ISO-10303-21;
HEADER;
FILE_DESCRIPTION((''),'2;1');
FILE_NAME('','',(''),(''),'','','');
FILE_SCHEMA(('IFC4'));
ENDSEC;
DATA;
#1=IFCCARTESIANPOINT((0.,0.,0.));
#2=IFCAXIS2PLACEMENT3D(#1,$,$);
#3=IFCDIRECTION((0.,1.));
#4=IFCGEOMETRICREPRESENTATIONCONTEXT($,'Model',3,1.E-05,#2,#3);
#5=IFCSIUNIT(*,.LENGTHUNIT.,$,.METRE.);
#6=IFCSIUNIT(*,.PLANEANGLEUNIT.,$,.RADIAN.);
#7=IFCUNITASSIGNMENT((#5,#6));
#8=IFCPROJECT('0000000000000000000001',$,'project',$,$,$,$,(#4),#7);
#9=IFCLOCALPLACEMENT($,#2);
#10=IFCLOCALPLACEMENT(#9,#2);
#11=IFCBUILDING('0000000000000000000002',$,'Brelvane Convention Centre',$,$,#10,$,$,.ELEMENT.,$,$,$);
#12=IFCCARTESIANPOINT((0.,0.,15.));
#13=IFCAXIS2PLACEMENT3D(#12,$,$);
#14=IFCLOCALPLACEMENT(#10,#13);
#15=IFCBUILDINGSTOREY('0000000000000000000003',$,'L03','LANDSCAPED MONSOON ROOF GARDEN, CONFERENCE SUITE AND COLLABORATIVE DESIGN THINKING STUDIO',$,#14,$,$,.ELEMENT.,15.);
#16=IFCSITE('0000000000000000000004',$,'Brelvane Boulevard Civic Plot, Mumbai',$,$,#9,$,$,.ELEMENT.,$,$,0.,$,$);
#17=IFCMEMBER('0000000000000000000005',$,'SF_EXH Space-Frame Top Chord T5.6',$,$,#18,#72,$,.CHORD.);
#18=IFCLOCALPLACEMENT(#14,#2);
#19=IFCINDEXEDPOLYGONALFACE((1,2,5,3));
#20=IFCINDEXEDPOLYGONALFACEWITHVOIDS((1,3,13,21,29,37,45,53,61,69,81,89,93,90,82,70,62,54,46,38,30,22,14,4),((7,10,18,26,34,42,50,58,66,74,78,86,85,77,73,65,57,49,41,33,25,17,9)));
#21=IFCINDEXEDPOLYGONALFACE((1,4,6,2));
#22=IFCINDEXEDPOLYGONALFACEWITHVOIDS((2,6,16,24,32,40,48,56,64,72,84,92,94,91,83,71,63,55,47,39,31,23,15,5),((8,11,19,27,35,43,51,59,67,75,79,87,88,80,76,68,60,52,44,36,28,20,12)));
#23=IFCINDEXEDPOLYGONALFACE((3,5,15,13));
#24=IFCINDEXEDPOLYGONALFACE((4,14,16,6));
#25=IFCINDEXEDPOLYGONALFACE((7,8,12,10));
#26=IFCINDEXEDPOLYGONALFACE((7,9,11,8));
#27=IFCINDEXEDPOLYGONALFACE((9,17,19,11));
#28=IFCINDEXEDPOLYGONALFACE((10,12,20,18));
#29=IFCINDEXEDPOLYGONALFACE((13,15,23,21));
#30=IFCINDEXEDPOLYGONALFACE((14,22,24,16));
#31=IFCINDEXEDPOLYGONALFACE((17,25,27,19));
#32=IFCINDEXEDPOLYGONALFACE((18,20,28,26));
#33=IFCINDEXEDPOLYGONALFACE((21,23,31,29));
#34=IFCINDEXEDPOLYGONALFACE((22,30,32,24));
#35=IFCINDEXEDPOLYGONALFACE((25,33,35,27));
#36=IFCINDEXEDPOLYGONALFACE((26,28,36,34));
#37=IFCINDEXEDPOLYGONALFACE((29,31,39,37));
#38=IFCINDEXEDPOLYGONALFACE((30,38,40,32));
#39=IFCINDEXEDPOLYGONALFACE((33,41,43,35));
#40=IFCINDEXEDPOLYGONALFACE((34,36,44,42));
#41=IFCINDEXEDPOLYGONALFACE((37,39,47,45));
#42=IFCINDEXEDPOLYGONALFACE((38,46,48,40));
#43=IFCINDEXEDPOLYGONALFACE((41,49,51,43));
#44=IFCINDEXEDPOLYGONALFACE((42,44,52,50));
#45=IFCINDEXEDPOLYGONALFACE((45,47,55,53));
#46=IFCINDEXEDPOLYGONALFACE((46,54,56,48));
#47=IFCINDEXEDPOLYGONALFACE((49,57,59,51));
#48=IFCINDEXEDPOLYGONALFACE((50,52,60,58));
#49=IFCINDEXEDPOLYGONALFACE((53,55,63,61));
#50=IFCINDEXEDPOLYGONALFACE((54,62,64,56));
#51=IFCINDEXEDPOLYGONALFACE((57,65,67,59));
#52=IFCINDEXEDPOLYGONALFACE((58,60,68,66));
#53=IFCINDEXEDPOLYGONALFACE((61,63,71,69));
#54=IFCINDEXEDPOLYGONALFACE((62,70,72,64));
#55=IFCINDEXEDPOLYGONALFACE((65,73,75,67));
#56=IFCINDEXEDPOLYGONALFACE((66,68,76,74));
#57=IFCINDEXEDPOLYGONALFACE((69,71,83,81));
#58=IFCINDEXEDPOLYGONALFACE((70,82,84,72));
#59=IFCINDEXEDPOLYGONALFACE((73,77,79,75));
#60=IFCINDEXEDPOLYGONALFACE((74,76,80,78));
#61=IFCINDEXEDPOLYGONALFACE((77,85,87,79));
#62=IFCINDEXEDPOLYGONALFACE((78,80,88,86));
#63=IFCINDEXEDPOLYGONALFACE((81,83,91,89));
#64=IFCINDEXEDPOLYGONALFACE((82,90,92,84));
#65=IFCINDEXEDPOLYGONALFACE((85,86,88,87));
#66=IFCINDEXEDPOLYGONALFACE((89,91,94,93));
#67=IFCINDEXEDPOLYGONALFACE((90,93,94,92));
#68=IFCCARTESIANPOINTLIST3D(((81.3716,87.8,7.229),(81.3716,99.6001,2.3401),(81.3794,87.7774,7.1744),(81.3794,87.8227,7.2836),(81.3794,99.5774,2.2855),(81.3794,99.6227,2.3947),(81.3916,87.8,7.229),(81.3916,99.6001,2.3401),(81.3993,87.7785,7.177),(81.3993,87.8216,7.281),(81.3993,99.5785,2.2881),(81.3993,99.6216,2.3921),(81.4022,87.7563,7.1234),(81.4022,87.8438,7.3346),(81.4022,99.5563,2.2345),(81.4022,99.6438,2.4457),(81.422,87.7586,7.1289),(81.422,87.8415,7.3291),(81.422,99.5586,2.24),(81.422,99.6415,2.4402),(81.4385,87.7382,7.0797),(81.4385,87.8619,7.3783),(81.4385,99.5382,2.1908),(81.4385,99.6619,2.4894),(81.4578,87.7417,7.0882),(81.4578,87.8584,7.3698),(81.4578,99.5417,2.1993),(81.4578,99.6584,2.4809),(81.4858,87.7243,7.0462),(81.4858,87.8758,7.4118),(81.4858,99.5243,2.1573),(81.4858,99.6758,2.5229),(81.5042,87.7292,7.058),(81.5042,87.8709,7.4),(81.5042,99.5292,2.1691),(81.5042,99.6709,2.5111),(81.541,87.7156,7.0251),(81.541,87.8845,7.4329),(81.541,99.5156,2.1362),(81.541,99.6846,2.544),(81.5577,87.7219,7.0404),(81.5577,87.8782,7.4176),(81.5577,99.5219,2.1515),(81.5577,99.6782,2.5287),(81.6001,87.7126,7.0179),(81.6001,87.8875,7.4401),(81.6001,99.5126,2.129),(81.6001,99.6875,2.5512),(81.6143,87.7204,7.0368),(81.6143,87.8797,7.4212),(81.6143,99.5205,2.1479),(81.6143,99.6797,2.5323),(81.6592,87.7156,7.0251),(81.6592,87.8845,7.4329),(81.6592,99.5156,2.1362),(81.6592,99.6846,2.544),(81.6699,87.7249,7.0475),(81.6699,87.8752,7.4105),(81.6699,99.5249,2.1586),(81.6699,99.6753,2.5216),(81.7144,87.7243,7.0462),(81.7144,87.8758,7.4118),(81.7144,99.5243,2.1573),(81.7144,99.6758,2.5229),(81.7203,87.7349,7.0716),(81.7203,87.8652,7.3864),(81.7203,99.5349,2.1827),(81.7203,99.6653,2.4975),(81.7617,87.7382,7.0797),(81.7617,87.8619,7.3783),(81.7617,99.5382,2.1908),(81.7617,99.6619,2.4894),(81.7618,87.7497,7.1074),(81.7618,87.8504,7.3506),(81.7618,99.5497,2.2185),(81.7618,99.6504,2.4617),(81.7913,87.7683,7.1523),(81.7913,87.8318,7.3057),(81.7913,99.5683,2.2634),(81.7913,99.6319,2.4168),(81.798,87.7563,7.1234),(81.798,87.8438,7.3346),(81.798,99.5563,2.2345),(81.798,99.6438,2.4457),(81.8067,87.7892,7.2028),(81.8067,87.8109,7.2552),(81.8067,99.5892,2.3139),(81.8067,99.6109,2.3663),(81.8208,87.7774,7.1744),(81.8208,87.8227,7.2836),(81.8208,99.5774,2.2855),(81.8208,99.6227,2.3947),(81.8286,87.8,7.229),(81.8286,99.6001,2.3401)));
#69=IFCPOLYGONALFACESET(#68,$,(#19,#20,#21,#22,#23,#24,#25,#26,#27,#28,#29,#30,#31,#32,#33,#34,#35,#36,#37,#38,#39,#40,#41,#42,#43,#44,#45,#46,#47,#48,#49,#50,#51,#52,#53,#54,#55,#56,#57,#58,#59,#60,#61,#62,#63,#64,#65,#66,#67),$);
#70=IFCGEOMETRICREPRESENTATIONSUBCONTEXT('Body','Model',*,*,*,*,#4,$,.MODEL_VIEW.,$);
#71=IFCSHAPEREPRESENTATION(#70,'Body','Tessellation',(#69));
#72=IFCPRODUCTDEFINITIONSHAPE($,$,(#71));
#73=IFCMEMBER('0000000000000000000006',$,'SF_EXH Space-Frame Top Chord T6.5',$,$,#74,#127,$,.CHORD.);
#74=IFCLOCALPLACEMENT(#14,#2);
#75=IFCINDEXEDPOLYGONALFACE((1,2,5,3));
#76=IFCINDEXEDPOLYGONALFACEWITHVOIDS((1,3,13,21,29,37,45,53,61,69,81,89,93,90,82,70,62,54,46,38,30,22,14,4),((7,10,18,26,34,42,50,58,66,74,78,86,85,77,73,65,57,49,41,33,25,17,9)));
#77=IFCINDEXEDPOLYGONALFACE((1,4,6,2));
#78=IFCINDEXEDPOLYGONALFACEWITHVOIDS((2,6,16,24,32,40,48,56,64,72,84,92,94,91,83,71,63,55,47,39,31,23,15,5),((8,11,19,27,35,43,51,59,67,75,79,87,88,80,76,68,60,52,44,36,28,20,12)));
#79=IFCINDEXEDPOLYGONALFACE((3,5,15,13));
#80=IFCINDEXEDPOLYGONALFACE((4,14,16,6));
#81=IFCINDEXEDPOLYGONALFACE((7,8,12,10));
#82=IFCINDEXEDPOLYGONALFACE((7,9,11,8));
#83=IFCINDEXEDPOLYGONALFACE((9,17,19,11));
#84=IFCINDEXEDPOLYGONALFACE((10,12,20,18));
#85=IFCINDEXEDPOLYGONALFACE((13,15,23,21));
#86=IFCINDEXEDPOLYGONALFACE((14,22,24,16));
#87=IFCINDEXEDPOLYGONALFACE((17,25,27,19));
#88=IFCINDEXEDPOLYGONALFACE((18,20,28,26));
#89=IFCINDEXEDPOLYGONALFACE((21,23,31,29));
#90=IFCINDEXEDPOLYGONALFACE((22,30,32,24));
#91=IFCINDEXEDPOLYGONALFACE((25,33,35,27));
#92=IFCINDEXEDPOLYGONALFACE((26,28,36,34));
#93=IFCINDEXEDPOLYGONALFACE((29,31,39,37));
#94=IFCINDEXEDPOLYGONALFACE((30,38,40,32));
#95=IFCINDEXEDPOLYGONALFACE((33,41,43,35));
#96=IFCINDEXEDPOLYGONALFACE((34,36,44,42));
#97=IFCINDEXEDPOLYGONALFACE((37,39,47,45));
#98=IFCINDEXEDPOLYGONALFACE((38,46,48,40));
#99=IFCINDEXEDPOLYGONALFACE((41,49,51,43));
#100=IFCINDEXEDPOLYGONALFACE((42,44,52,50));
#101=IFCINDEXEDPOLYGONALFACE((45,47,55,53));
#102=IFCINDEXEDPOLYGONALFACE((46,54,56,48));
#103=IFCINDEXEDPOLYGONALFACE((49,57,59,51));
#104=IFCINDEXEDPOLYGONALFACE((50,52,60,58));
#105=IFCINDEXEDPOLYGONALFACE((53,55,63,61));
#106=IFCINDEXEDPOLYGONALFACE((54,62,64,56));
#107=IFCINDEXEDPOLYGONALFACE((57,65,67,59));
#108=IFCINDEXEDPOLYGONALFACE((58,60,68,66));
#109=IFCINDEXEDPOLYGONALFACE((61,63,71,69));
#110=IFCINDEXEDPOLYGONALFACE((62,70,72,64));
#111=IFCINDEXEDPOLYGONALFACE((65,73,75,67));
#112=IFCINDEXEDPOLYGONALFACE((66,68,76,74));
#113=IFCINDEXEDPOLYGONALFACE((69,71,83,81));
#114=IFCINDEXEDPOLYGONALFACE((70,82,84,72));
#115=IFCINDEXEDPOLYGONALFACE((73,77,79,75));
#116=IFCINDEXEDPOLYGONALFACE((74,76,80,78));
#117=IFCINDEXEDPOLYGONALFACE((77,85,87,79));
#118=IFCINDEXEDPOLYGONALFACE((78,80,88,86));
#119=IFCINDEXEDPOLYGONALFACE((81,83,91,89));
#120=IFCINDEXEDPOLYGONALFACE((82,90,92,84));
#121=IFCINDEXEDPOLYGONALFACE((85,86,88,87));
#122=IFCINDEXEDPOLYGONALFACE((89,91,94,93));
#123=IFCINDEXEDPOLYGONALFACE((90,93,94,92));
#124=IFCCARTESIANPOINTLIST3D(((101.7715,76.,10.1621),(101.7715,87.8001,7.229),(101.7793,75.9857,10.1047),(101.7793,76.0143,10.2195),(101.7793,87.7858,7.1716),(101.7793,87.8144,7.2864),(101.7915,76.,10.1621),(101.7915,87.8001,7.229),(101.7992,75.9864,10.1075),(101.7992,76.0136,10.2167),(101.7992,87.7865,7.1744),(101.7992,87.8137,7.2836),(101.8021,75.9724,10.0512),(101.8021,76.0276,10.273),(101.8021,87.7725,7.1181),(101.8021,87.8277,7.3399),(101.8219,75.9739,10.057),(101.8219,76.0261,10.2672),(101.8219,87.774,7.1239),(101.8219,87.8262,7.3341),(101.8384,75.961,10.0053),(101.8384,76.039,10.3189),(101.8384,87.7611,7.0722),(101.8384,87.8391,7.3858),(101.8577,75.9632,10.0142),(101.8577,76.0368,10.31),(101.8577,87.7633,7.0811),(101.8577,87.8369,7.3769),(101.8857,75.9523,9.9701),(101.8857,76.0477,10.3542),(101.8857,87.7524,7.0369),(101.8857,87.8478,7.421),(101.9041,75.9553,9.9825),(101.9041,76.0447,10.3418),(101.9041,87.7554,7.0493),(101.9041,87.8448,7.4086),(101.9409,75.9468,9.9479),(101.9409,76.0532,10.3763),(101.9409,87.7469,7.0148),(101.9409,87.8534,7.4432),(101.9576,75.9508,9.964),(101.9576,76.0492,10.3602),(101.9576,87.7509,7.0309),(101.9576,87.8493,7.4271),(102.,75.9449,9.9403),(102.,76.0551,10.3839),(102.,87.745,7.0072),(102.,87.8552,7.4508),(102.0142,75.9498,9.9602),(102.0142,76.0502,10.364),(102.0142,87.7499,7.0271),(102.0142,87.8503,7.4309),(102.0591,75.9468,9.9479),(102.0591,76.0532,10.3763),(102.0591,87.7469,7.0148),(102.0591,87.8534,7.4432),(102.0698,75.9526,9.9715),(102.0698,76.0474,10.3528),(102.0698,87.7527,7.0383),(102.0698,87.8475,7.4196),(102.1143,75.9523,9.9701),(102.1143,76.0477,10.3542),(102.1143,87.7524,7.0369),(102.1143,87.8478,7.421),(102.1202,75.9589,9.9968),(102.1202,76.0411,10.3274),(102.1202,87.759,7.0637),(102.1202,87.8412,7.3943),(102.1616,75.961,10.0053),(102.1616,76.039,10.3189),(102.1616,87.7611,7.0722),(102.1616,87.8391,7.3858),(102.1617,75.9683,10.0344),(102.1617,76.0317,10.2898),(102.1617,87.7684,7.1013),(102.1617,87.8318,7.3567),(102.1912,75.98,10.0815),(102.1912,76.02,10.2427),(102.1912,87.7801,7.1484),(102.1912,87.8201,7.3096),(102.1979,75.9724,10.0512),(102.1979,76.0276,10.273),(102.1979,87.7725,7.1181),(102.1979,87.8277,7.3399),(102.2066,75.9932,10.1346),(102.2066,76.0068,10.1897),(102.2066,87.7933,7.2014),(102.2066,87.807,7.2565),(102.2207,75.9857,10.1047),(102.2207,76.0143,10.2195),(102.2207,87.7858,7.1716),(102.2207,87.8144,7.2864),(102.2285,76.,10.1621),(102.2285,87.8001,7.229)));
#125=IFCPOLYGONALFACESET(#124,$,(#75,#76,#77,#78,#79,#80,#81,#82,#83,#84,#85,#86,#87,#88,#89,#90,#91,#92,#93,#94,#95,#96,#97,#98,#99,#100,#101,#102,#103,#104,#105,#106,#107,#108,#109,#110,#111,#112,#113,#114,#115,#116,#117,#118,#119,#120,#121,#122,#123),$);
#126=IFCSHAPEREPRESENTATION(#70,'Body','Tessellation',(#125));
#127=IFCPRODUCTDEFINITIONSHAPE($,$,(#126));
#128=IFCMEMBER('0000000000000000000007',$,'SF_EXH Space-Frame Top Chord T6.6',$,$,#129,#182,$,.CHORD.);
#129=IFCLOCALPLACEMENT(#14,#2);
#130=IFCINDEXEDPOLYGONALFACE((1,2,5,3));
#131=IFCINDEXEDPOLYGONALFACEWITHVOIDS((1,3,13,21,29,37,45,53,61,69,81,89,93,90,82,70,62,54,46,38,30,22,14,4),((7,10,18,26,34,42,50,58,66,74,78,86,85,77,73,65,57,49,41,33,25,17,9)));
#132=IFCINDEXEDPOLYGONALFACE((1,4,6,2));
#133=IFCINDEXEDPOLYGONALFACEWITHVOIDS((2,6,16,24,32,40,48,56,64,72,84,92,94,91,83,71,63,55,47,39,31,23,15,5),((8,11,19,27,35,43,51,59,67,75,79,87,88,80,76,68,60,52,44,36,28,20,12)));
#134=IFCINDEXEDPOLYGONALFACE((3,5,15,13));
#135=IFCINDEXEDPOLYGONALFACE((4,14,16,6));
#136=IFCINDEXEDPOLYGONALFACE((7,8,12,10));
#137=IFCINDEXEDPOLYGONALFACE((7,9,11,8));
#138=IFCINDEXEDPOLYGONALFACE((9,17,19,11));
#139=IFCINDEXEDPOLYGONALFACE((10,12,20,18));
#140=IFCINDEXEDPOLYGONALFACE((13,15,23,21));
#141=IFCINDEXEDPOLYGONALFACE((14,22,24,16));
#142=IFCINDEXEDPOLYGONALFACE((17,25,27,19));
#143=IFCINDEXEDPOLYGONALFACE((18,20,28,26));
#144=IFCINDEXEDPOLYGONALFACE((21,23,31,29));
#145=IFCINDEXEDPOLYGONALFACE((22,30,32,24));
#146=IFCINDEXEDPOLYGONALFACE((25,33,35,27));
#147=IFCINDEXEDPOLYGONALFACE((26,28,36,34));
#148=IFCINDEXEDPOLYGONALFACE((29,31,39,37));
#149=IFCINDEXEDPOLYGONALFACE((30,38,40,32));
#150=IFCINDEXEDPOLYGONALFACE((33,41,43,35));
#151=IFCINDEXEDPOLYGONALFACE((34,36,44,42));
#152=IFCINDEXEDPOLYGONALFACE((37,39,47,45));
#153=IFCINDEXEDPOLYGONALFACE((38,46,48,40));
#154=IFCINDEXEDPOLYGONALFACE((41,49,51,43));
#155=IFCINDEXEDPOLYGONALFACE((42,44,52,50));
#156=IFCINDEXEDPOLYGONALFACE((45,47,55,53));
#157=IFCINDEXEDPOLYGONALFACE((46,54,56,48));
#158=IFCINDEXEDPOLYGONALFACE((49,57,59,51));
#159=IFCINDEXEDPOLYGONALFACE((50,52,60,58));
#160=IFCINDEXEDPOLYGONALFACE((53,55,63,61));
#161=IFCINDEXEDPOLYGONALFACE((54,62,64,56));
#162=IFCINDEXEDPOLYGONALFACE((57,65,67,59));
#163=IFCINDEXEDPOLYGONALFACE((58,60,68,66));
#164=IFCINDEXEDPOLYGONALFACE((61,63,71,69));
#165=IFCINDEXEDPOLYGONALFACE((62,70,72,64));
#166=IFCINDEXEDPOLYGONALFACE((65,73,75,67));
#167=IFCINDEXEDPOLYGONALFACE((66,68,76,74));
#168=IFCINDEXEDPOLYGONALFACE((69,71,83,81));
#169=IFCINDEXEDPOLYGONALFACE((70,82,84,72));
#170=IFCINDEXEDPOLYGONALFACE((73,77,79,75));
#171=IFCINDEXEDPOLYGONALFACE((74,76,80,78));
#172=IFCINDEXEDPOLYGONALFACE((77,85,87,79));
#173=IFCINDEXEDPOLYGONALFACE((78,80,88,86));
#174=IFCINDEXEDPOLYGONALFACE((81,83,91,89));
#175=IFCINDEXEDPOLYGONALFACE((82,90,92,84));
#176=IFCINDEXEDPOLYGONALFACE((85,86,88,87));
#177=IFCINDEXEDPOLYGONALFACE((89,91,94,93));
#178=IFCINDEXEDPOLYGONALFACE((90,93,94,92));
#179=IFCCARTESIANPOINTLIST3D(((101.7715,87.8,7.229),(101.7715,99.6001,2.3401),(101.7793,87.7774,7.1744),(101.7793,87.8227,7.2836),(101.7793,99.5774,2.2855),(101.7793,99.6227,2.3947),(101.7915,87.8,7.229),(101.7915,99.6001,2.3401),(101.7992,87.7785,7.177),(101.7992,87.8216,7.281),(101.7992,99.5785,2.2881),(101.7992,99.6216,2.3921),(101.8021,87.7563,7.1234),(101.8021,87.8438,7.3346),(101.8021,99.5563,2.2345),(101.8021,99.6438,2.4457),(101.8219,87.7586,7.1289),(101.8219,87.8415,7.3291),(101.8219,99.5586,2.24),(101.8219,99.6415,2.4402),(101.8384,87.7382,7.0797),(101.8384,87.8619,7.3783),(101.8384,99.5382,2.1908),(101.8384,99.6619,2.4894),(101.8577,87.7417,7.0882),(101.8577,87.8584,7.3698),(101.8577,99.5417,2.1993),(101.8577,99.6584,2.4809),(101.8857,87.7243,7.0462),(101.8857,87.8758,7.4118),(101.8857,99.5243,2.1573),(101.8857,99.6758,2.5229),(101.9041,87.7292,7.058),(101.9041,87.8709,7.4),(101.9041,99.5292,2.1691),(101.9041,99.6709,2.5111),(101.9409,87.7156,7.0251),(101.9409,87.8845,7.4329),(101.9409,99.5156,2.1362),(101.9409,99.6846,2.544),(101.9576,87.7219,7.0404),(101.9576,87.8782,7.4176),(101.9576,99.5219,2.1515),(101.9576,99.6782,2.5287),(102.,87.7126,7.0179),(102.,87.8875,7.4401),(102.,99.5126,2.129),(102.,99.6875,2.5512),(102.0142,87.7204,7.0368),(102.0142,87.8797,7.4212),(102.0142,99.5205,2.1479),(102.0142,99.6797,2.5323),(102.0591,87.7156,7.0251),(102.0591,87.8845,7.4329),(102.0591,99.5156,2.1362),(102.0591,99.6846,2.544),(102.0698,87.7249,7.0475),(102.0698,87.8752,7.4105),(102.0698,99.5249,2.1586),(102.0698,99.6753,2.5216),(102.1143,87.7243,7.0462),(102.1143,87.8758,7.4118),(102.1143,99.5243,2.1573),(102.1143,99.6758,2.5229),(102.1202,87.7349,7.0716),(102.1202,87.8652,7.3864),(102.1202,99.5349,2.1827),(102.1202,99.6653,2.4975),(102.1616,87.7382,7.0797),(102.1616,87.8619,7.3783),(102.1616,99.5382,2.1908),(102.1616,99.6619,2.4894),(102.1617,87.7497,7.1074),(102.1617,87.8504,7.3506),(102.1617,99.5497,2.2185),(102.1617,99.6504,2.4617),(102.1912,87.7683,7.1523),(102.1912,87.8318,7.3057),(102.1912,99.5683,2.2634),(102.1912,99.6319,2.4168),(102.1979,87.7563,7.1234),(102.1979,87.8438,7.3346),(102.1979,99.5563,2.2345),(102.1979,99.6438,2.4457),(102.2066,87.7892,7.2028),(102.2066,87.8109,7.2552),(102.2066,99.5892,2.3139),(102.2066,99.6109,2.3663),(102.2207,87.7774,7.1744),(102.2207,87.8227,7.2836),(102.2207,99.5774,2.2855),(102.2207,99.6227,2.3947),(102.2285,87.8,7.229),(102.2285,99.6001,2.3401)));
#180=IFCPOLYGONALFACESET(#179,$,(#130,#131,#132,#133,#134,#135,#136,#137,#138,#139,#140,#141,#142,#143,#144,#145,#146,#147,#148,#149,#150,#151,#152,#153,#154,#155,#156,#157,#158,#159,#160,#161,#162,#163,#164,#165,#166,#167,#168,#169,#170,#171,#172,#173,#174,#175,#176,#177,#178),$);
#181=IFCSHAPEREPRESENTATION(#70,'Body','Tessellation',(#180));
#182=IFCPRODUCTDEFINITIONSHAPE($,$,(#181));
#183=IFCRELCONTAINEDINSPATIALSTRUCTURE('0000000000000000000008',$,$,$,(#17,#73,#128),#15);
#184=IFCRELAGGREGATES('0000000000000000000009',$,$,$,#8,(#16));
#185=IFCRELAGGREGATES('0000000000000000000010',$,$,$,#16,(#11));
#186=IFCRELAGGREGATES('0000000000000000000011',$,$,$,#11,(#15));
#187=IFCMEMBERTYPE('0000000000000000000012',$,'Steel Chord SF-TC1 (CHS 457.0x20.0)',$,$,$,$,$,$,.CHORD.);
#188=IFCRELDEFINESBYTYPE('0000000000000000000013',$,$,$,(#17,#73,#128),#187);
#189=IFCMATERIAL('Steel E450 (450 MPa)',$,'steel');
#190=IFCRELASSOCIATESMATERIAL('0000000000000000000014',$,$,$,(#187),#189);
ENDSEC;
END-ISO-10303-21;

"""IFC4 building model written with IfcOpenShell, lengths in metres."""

from ifc_helpers import new_model, si_unit, direction, frame, origin, origin_2d, place, context, subcontext, project, spatial, hollow_circle, extrude, material, material_profile, profile_set, type_object, element, save


model = new_model("IFC4")

# Units and contexts
model_context = context("Model", 3, precision=1e-05, world=origin(), true_north=direction((0.0, 1.0)))
body_context = subcontext(model_context, "Body", "Model", "MODEL_VIEW")
ifc_project = project(units=[si_unit("LENGTHUNIT", "METRE"), si_unit("PLANEANGLEUNIT", "RADIAN")], contexts=[model_context])

# Site, building, storey
site_placement = place(None, origin())
site = spatial("IfcSite", under=ifc_project, at=site_placement, Name="Brelvane Boulevard Civic Plot, Mumbai", CompositionType="ELEMENT", RefElevation=0.0)
building_placement = place(site_placement, origin())
building = spatial("IfcBuilding", under=site, at=building_placement, Name="Brelvane Convention Centre", CompositionType="ELEMENT")
storey_placement = place(building_placement, frame((0.0, 0.0, 15.0)))
storey = spatial("IfcBuildingStorey", under=building, at=storey_placement, Name="L03", Description="LANDSCAPED MONSOON ROOF GARDEN, CONFERENCE SUITE AND COLLABORATIVE DESIGN THINKING STUDIO", CompositionType="ELEMENT", Elevation=15.0)

# Members
ifc_material_1 = material(Name="Steel E450 (450 MPa)", Category="steel")
ifc_material_profile_1 = material_profile(ifc_material_1, hollow_circle(Radius=0.2285, WallThickness=0.02, at=origin_2d()), Name="CHS 457.0x20.0")
ifc_profile_set_1 = profile_set([ifc_material_profile_1], Name="Steel E450 (450 MPa)")
member_type_1 = type_object("IfcMemberType", Name="Steel Chord SF-TC1 (CHS 457.0x20.0)", PredefinedType="CHORD", material=ifc_profile_set_1)
member_1_placement = place(storey_placement, frame((81.6001, 87.8, 7.229), z_axis=(0.0, 0.923847, -0.382762), x_axis=(-1.0, 0.0, 0.0)))
element("IfcMember", 1, at=member_1_placement, inside=storey, type_object=member_type_1, Name="SF_EXH Space-Frame Top Chord T5.6", PredefinedType="CHORD", context=body_context, shape_type="SweptSolid", body=[
    extrude(hollow_circle(Radius=0.2285, WallThickness=0.02, at=origin_2d()), origin(), (0.0, 0.0, 1.0), 12.7727),
])
member_2_placement = place(storey_placement, frame((102.0, 76.0, 10.1621), z_axis=(0.0, 0.970469, -0.241227), x_axis=(-1.0, 0.0, 0.0)))
element("IfcMember", 2, at=member_2_placement, inside=storey, type_object=member_type_1, Name="SF_EXH Space-Frame Top Chord T6.5", PredefinedType="CHORD", context=body_context, shape_type="SweptSolid", body=[
    extrude(hollow_circle(Radius=0.2285, WallThickness=0.02, at=origin_2d()), origin(), (0.0, 0.0, 1.0), 12.1592),
])
member_3_placement = place(storey_placement, frame((102.0, 87.8, 7.229), z_axis=(0.0, 0.923847, -0.382762), x_axis=(-1.0, 0.0, 0.0)))
element("IfcMember", 3, at=member_3_placement, inside=storey, type_object=member_type_1, Name="SF_EXH Space-Frame Top Chord T6.6", PredefinedType="CHORD", context=body_context, shape_type="SweptSolid", body=[
    extrude(hollow_circle(Radius=0.2285, WallThickness=0.02, at=origin_2d()), origin(), (0.0, 0.0, 1.0), 12.7727),
])

save(model, "model.ifc")
